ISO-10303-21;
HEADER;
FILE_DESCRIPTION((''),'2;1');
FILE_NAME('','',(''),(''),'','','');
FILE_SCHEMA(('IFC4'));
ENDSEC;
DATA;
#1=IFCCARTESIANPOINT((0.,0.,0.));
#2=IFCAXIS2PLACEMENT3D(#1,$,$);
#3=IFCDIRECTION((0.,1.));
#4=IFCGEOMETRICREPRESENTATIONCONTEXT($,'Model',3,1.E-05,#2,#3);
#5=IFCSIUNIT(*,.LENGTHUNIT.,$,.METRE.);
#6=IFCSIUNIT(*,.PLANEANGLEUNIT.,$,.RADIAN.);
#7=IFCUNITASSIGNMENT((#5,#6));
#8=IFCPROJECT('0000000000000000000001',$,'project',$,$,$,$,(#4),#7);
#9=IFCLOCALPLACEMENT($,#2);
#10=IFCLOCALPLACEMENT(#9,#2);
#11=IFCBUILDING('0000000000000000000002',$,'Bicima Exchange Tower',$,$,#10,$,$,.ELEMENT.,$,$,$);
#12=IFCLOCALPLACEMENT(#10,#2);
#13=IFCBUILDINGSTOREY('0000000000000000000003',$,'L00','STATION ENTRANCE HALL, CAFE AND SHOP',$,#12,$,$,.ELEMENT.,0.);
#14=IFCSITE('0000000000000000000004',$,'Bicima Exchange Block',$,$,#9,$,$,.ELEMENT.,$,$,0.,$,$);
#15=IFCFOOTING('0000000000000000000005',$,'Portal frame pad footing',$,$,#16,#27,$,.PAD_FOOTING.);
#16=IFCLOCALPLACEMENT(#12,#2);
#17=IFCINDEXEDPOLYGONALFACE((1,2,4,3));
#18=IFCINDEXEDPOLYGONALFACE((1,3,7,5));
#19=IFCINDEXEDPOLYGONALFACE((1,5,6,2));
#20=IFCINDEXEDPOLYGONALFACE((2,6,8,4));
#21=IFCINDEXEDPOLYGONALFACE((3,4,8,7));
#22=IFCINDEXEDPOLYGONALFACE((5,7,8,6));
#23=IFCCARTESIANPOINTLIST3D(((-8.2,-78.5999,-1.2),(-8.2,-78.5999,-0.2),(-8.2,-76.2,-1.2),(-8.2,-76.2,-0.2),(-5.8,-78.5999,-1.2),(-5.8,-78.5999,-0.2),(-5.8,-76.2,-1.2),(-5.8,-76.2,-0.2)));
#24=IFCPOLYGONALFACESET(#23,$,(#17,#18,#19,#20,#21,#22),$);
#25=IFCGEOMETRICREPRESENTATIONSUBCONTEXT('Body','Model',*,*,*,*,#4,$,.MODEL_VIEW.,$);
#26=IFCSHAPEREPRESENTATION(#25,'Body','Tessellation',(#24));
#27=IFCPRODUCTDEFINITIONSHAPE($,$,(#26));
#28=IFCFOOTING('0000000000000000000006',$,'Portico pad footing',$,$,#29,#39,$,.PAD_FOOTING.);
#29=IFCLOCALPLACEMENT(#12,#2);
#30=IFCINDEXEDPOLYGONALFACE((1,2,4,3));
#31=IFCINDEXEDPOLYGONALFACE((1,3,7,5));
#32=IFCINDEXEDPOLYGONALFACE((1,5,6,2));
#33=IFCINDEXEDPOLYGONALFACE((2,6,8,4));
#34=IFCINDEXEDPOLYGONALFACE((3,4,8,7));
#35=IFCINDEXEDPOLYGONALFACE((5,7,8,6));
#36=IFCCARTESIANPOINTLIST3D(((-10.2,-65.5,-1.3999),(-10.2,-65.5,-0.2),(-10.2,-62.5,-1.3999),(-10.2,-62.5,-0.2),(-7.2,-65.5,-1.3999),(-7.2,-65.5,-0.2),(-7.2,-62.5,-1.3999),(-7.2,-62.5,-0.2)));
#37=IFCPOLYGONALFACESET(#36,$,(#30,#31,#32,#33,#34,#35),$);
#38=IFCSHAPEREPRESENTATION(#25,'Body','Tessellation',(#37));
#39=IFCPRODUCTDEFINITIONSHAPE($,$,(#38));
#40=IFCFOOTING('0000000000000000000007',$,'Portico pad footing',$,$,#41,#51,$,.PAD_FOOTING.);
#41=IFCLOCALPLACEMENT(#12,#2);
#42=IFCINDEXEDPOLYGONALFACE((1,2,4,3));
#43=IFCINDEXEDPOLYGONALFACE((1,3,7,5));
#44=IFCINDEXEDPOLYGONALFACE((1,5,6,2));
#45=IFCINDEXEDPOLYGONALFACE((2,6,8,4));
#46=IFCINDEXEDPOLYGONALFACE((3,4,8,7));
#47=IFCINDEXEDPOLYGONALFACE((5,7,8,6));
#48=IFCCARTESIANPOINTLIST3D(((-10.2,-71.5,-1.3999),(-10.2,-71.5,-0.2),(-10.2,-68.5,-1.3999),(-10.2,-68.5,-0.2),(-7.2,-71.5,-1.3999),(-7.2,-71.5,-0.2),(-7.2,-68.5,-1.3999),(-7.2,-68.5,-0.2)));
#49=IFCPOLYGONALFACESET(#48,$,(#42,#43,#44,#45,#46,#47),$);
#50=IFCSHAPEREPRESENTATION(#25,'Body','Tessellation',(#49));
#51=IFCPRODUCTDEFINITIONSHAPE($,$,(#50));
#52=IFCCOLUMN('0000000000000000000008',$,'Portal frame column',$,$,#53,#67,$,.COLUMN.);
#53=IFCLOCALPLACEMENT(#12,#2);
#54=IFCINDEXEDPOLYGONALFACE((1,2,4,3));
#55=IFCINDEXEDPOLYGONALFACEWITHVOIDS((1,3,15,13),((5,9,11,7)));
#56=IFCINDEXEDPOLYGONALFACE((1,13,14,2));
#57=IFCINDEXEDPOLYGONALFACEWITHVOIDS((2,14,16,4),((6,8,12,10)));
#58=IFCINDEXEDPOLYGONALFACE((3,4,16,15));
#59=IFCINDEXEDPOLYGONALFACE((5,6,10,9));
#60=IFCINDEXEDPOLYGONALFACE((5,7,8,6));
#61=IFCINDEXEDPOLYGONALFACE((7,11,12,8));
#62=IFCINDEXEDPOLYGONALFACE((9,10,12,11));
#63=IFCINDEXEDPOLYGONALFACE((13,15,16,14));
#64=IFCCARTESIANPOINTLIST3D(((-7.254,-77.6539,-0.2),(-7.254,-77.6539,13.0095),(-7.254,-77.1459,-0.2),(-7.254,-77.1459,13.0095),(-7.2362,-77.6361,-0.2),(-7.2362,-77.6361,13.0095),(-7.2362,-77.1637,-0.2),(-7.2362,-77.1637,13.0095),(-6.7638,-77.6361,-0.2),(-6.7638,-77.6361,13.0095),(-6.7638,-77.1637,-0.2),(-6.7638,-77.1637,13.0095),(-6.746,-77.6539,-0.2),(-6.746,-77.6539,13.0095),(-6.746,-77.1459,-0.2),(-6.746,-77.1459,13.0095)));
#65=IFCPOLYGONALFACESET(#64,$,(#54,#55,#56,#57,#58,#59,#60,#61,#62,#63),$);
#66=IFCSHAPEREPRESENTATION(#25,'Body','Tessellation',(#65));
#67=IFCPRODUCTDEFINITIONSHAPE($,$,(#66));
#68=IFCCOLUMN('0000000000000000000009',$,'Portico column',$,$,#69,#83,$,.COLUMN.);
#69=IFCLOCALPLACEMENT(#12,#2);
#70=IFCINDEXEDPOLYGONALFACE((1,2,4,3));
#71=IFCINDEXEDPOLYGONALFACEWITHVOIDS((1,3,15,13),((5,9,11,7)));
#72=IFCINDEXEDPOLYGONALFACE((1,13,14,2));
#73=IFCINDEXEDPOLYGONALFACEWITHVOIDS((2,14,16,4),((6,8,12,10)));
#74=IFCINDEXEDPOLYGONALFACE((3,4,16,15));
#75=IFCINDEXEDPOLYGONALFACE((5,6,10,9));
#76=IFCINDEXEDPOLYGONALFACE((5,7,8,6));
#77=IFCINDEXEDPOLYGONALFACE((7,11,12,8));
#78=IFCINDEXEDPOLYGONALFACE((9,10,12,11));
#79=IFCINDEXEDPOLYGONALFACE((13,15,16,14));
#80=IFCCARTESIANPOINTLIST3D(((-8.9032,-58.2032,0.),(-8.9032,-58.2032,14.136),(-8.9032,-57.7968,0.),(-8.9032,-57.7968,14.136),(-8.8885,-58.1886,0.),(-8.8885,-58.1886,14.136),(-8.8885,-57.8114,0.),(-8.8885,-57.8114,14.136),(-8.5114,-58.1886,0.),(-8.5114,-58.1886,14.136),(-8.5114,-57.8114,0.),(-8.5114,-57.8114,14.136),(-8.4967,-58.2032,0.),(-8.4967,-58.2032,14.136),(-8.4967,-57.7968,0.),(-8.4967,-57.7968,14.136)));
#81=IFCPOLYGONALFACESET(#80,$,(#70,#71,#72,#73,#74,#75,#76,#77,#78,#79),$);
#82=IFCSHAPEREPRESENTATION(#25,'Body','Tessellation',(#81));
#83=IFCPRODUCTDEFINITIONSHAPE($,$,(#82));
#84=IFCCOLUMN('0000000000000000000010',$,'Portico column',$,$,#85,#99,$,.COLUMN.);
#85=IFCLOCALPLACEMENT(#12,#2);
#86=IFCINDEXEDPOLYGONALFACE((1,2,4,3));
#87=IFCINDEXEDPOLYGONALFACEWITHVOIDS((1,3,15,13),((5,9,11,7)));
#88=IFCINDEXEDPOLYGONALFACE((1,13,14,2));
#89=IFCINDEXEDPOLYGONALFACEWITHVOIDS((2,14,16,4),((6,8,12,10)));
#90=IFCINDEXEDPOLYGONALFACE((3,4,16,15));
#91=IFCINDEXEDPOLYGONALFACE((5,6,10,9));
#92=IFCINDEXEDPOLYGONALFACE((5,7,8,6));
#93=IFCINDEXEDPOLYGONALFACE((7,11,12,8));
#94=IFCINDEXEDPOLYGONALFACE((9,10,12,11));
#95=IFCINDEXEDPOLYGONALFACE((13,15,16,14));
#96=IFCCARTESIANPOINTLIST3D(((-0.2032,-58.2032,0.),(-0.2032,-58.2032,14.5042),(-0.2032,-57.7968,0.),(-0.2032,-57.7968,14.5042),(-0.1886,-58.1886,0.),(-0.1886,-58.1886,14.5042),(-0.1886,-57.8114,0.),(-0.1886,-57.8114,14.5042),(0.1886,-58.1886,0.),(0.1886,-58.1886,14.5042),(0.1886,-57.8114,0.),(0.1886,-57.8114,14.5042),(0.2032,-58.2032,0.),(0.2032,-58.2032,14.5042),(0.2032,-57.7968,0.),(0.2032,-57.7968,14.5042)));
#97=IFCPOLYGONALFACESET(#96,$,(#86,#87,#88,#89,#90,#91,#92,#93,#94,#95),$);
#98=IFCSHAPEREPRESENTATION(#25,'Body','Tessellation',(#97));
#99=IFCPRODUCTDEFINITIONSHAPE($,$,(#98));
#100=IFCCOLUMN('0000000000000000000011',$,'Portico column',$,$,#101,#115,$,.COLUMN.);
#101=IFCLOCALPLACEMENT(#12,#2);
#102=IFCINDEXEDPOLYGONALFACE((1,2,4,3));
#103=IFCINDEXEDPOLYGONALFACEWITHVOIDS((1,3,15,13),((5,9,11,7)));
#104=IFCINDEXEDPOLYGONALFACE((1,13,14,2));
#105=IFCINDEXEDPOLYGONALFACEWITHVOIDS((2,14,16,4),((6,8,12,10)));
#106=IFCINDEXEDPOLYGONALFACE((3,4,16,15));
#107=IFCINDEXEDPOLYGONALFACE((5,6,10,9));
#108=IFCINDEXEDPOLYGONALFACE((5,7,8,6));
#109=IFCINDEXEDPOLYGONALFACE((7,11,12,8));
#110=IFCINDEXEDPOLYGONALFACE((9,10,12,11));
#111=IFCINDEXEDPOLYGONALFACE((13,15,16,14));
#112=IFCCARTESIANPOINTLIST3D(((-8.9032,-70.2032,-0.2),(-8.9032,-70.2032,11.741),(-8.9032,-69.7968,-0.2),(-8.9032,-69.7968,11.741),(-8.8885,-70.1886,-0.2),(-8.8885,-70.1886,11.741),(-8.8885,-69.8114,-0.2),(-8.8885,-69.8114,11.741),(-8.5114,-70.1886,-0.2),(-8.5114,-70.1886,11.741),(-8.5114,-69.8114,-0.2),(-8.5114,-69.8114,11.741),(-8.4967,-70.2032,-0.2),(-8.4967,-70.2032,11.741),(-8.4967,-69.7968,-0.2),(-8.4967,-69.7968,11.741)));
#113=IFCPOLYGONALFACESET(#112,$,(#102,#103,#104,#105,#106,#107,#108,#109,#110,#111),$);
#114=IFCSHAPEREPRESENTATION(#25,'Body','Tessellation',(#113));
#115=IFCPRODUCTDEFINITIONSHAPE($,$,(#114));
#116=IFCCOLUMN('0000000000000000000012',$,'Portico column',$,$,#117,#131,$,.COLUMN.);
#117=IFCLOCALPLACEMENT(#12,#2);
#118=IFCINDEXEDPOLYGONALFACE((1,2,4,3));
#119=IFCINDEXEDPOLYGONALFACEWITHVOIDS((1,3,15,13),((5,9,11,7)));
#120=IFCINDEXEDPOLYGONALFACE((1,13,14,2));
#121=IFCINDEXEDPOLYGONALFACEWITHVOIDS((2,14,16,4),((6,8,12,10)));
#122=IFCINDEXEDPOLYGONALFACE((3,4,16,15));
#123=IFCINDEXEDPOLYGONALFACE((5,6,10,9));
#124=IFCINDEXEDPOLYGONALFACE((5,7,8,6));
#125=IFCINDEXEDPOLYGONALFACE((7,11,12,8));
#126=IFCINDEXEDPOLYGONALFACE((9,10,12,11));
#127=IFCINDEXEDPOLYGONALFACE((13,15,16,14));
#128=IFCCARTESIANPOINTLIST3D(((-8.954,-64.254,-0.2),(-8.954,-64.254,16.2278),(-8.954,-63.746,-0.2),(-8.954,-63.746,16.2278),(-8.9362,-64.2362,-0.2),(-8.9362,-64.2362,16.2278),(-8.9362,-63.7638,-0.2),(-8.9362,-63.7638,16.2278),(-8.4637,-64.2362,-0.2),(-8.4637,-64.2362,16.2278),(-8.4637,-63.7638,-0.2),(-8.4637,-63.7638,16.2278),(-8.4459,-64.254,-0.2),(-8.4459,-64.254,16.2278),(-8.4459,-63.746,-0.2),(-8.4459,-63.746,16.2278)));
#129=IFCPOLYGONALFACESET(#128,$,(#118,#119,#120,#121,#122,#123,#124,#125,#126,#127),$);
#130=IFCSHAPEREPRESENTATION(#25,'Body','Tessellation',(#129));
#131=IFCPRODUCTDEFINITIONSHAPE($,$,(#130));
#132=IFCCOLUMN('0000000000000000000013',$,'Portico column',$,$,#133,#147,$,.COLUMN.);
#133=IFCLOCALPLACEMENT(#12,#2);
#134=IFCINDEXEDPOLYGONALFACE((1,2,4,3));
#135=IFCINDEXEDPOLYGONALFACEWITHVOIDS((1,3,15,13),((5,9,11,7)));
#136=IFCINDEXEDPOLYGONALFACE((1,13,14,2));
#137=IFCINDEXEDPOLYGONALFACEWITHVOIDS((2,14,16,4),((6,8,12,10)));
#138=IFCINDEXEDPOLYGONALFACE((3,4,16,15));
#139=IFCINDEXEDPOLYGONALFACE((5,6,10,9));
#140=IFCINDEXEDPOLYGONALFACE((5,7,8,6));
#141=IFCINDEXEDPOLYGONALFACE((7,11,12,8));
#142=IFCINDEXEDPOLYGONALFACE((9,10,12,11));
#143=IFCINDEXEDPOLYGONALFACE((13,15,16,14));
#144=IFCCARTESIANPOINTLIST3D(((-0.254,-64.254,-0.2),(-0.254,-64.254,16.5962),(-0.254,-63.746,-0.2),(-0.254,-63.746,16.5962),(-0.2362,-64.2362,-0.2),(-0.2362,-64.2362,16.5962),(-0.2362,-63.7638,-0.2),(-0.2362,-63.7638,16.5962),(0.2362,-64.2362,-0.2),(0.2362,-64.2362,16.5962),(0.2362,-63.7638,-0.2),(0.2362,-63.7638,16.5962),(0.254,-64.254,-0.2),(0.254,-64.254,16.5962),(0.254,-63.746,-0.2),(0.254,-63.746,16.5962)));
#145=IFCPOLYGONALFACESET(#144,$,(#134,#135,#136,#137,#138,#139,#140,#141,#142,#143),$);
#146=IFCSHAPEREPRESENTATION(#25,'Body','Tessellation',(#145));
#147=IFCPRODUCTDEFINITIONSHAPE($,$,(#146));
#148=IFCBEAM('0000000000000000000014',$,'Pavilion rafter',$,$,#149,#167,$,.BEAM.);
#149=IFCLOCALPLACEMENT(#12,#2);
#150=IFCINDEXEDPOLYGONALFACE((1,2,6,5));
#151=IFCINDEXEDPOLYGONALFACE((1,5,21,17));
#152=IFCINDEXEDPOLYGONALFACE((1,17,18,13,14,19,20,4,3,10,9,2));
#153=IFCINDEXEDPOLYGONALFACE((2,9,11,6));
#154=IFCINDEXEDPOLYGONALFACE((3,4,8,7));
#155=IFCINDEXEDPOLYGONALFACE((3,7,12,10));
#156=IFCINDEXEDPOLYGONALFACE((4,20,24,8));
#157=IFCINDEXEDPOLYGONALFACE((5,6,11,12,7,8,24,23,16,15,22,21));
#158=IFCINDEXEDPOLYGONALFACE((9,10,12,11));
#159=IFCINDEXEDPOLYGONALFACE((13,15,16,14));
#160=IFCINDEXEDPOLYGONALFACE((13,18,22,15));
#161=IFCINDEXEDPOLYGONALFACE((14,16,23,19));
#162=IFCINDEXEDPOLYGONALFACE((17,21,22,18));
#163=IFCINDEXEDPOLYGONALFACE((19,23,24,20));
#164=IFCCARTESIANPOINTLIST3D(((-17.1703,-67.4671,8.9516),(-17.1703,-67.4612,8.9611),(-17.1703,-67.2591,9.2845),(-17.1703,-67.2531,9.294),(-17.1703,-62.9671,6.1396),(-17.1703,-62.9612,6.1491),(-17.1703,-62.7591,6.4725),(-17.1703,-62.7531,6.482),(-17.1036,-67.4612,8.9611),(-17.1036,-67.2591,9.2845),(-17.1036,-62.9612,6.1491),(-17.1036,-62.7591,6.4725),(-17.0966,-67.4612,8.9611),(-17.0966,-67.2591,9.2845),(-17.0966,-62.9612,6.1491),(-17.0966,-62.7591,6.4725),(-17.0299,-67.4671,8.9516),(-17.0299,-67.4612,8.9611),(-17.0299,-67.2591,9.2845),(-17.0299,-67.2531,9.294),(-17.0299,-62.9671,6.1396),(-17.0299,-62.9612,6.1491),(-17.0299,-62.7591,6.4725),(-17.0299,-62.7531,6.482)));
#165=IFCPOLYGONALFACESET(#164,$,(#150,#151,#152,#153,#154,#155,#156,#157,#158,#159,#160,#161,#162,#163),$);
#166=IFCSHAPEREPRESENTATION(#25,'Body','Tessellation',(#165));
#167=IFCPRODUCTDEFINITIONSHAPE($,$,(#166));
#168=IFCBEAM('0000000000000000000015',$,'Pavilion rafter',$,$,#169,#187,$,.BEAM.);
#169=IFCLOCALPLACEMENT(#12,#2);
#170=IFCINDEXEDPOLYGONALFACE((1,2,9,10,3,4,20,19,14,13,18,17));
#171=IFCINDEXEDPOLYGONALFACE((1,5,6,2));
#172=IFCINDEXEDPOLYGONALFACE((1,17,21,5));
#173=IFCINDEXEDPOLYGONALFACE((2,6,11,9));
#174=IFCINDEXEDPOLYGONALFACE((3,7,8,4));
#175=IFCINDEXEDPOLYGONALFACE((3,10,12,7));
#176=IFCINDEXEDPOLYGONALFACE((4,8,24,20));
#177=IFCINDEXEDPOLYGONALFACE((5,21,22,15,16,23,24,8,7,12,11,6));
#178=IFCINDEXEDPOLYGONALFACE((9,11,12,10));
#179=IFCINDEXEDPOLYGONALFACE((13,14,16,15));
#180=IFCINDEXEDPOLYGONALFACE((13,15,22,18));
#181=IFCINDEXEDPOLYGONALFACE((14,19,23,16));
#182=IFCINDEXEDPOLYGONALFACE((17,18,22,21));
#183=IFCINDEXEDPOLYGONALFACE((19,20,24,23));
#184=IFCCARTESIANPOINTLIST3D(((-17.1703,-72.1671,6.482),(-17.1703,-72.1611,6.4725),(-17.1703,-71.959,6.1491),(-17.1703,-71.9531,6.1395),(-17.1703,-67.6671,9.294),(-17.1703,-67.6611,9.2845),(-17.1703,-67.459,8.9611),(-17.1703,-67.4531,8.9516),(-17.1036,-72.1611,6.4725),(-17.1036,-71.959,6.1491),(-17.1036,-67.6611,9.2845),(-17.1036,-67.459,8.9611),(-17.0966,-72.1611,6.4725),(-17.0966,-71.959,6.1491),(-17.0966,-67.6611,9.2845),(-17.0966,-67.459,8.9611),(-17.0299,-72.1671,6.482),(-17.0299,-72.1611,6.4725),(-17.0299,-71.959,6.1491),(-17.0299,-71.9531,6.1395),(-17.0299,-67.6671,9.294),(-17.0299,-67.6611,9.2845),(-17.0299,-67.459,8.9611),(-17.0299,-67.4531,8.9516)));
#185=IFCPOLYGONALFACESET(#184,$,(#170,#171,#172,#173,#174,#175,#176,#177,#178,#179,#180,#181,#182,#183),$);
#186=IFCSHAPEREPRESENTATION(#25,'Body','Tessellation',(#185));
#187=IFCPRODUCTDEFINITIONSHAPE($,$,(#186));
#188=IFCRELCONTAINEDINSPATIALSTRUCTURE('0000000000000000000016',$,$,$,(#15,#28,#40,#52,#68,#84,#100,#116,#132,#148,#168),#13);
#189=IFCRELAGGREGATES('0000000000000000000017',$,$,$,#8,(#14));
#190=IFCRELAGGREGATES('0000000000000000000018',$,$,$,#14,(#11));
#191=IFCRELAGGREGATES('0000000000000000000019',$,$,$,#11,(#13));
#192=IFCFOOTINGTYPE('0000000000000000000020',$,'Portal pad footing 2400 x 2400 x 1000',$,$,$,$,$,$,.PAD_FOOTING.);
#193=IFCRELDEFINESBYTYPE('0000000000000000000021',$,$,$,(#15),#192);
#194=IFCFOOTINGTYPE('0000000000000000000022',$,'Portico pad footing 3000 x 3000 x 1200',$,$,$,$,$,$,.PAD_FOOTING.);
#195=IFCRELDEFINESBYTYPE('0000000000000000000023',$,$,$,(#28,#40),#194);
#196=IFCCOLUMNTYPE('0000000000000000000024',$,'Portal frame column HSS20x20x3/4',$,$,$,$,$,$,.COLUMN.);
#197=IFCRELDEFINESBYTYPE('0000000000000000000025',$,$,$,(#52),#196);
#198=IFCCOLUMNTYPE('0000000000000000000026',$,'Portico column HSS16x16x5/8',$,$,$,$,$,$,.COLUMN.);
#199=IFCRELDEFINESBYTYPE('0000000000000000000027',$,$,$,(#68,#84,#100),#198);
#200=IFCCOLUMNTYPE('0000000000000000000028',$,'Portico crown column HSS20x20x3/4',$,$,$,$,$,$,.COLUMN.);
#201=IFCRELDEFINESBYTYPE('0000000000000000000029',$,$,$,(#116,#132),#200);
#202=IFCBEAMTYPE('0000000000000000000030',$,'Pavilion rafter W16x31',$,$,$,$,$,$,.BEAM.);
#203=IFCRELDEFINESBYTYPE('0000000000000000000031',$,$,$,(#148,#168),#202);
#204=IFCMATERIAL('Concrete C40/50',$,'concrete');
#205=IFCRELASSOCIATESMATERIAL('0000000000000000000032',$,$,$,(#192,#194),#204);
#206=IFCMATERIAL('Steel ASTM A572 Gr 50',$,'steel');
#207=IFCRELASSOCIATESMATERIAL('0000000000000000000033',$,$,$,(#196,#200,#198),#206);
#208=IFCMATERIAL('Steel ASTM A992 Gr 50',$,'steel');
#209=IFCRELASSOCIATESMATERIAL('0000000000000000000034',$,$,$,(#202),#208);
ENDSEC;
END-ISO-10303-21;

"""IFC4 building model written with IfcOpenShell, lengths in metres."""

from ifc_helpers import new_model, si_unit, direction, frame, origin, origin_2d, place, context, subcontext, project, spatial, rectangle, hollow_rectangle, i_section, extrude, material, material_profile, profile_set, type_object, element, save


model = new_model("IFC4")

# Units and contexts
model_context = context("Model", 3, precision=1e-05, world=origin(), true_north=direction((0.0, 1.0)))
body_context = subcontext(model_context, "Body", "Model", "MODEL_VIEW")
ifc_project = project(units=[si_unit("LENGTHUNIT", "METRE"), si_unit("PLANEANGLEUNIT", "RADIAN")], contexts=[model_context])

# Site, building, storey
site_placement = place(None, origin())
site = spatial("IfcSite", under=ifc_project, at=site_placement, Name="Bicima Exchange Block", CompositionType="ELEMENT", RefElevation=0.0)
building_placement = place(site_placement, origin())
building = spatial("IfcBuilding", under=site, at=building_placement, Name="Bicima Exchange Tower", CompositionType="ELEMENT")
storey_placement = place(building_placement, origin())
storey = spatial("IfcBuildingStorey", under=building, at=storey_placement, Name="L00", Description="STATION ENTRANCE HALL, CAFE AND SHOP", CompositionType="ELEMENT", Elevation=0.0)

# Footings
ifc_material_1 = material(Name="Concrete C40/50", Category="concrete")
footing_type_1 = type_object("IfcFootingType", Name="Portal pad footing 2400 x 2400 x 1000", PredefinedType="PAD_FOOTING", material=ifc_material_1)
footing_placement = place(storey_placement, frame((-7.0, -77.3999, -1.2), z_axis=(0.0, 0.0, 1.0), x_axis=(1.0, 0.0, 0.0)))
element("IfcFooting", 1, at=footing_placement, inside=storey, type_object=footing_type_1, Name="Portal frame pad footing", PredefinedType="PAD_FOOTING", context=body_context, shape_type="SweptSolid", body=[
    extrude(rectangle(XDim=2.3999, YDim=2.3999, at=origin_2d()), origin(), (0.0, 0.0, 1.0), 1.0),
])
footing_type_2 = type_object("IfcFootingType", Name="Portico pad footing 3000 x 3000 x 1200", PredefinedType="PAD_FOOTING", material=ifc_material_1)
for number, where, z_axis, x_axis, name in (
    (2, (-8.7, -64.0, -1.3999), (0.0, 0.0, 1.0), (1.0, 0.0, 0.0), "Portico pad footing"),
    (3, (-8.7, -70.0, -1.3999), (0.0, 0.0, 1.0), (1.0, 0.0, 0.0), "Portico pad footing"),
):
    element("IfcFooting", number, at=place(storey_placement, frame(where, z_axis=z_axis, x_axis=x_axis)), inside=storey, type_object=footing_type_2, Name=name, PredefinedType="PAD_FOOTING", context=body_context, shape_type="SweptSolid", body=[
        extrude(rectangle(XDim=3.0, YDim=3.0, at=origin_2d()), origin(), (0.0, 0.0, 1.0), 1.2),
    ])

# Columns
ifc_material_2 = material(Name="Steel ASTM A572 Gr 50", Category="steel")
ifc_material_profile_1 = material_profile(ifc_material_2, hollow_rectangle(XDim=0.5081, YDim=0.5081, WallThickness=0.0178, at=origin_2d()))
ifc_profile_set_1 = profile_set([ifc_material_profile_1], Name="Steel ASTM A572 Gr 50")
column_type_1 = type_object("IfcColumnType", Name="Portal frame column HSS20x20x3/4", PredefinedType="COLUMN", material=ifc_profile_set_1)
column_1_placement = place(storey_placement, frame((-7.0, -77.3999, -0.2), z_axis=(0.0, 0.0, 1.0), x_axis=(1.0, 0.0, 0.0)))
element("IfcColumn", 4, at=column_1_placement, inside=storey, type_object=column_type_1, Name="Portal frame column", PredefinedType="COLUMN", context=body_context, shape_type="SweptSolid", body=[
    extrude(hollow_rectangle(XDim=0.5081, YDim=0.5081, WallThickness=0.0178, at=origin_2d()), origin(), (0.0, 0.0, 1.0), 13.2095),
])
ifc_material_profile_2 = material_profile(ifc_material_2, hollow_rectangle(XDim=0.4065, YDim=0.4065, WallThickness=0.0146, at=origin_2d()))
ifc_profile_set_2 = profile_set([ifc_material_profile_2], Name="Steel ASTM A572 Gr 50")
column_type_2 = type_object("IfcColumnType", Name="Portico column HSS16x16x5/8", PredefinedType="COLUMN", material=ifc_profile_set_2)
column_2_placement = place(storey_placement, frame((-8.7, -58.0, 0.0), z_axis=(0.0, 0.0, 1.0), x_axis=(1.0, 0.0, 0.0)))
element("IfcColumn", 5, at=column_2_placement, inside=storey, type_object=column_type_2, Name="Portico column", PredefinedType="COLUMN", context=body_context, shape_type="SweptSolid", body=[
    extrude(hollow_rectangle(XDim=0.4065, YDim=0.4065, WallThickness=0.0146, at=origin_2d()), origin(), (0.0, 0.0, 1.0), 14.136),
])
column_3_placement = place(storey_placement, frame((0.0, -58.0, 0.0), z_axis=(0.0, 0.0, 1.0), x_axis=(1.0, 0.0, 0.0)))
element("IfcColumn", 6, at=column_3_placement, inside=storey, type_object=column_type_2, Name="Portico column", PredefinedType="COLUMN", context=body_context, shape_type="SweptSolid", body=[
    extrude(hollow_rectangle(XDim=0.4065, YDim=0.4065, WallThickness=0.0146, at=origin_2d()), origin(), (0.0, 0.0, 1.0), 14.5042),
])
column_4_placement = place(storey_placement, frame((-8.7, -70.0, -0.2), z_axis=(0.0, 0.0, 1.0), x_axis=(1.0, 0.0, 0.0)))
element("IfcColumn", 7, at=column_4_placement, inside=storey, type_object=column_type_2, Name="Portico column", PredefinedType="COLUMN", context=body_context, shape_type="SweptSolid", body=[
    extrude(hollow_rectangle(XDim=0.4065, YDim=0.4065, WallThickness=0.0146, at=origin_2d()), origin(), (0.0, 0.0, 1.0), 11.9409),
])
column_type_3 = type_object("IfcColumnType", Name="Portico crown column HSS20x20x3/4", PredefinedType="COLUMN", material=ifc_profile_set_1)
column_5_placement = place(storey_placement, frame((-8.7, -64.0, -0.2), z_axis=(0.0, 0.0, 1.0), x_axis=(1.0, 0.0, 0.0)))
element("IfcColumn", 8, at=column_5_placement, inside=storey, type_object=column_type_3, Name="Portico column", PredefinedType="COLUMN", context=body_context, shape_type="SweptSolid", body=[
    extrude(hollow_rectangle(XDim=0.5081, YDim=0.5081, WallThickness=0.0178, at=origin_2d()), origin(), (0.0, 0.0, 1.0), 16.4277),
])
column_6_placement = place(storey_placement, frame((0.0, -64.0, -0.2), z_axis=(0.0, 0.0, 1.0), x_axis=(1.0, 0.0, 0.0)))
element("IfcColumn", 9, at=column_6_placement, inside=storey, type_object=column_type_3, Name="Portico column", PredefinedType="COLUMN", context=body_context, shape_type="SweptSolid", body=[
    extrude(hollow_rectangle(XDim=0.5081, YDim=0.5081, WallThickness=0.0178, at=origin_2d()), origin(), (0.0, 0.0, 1.0), 16.7961),
])

# Beams
ifc_material_3 = material(Name="Steel ASTM A992 Gr 50", Category="steel")
ifc_material_profile_3 = material_profile(ifc_material_3, i_section(OverallWidth=0.1404, OverallDepth=0.4038, WebThickness=0.0071, FlangeThickness=0.0112, at=origin_2d()))
ifc_profile_set_3 = profile_set([ifc_material_profile_3], Name="Steel ASTM A992 Gr 50")
beam_type_1 = type_object("IfcBeamType", Name="Pavilion rafter W16x31", PredefinedType="BEAM", material=ifc_profile_set_3)
for number, where, z_axis, x_axis, name in (
    (10, (-17.1001, -62.8601, 6.3108), (0.0, -0.84804, 0.529933), (1.0, 0.0, 0.0), "Pavilion rafter"),
    (11, (-17.1001, -67.5601, 9.1228), (0.0, -0.84804, -0.529933), (1.0, 0.0, 0.0), "Pavilion rafter"),
):
    element("IfcBeam", number, at=place(storey_placement, frame(where, z_axis=z_axis, x_axis=x_axis)), inside=storey, type_object=beam_type_1, Name=name, PredefinedType="BEAM", context=body_context, shape_type="SweptSolid", body=[
        extrude(i_section(OverallWidth=0.1404, OverallDepth=0.4038, WebThickness=0.0071, FlangeThickness=0.0112, at=origin_2d()), origin(), (0.0, 0.0, 1.0), 5.3064),
    ])

save(model, "model.ifc")
